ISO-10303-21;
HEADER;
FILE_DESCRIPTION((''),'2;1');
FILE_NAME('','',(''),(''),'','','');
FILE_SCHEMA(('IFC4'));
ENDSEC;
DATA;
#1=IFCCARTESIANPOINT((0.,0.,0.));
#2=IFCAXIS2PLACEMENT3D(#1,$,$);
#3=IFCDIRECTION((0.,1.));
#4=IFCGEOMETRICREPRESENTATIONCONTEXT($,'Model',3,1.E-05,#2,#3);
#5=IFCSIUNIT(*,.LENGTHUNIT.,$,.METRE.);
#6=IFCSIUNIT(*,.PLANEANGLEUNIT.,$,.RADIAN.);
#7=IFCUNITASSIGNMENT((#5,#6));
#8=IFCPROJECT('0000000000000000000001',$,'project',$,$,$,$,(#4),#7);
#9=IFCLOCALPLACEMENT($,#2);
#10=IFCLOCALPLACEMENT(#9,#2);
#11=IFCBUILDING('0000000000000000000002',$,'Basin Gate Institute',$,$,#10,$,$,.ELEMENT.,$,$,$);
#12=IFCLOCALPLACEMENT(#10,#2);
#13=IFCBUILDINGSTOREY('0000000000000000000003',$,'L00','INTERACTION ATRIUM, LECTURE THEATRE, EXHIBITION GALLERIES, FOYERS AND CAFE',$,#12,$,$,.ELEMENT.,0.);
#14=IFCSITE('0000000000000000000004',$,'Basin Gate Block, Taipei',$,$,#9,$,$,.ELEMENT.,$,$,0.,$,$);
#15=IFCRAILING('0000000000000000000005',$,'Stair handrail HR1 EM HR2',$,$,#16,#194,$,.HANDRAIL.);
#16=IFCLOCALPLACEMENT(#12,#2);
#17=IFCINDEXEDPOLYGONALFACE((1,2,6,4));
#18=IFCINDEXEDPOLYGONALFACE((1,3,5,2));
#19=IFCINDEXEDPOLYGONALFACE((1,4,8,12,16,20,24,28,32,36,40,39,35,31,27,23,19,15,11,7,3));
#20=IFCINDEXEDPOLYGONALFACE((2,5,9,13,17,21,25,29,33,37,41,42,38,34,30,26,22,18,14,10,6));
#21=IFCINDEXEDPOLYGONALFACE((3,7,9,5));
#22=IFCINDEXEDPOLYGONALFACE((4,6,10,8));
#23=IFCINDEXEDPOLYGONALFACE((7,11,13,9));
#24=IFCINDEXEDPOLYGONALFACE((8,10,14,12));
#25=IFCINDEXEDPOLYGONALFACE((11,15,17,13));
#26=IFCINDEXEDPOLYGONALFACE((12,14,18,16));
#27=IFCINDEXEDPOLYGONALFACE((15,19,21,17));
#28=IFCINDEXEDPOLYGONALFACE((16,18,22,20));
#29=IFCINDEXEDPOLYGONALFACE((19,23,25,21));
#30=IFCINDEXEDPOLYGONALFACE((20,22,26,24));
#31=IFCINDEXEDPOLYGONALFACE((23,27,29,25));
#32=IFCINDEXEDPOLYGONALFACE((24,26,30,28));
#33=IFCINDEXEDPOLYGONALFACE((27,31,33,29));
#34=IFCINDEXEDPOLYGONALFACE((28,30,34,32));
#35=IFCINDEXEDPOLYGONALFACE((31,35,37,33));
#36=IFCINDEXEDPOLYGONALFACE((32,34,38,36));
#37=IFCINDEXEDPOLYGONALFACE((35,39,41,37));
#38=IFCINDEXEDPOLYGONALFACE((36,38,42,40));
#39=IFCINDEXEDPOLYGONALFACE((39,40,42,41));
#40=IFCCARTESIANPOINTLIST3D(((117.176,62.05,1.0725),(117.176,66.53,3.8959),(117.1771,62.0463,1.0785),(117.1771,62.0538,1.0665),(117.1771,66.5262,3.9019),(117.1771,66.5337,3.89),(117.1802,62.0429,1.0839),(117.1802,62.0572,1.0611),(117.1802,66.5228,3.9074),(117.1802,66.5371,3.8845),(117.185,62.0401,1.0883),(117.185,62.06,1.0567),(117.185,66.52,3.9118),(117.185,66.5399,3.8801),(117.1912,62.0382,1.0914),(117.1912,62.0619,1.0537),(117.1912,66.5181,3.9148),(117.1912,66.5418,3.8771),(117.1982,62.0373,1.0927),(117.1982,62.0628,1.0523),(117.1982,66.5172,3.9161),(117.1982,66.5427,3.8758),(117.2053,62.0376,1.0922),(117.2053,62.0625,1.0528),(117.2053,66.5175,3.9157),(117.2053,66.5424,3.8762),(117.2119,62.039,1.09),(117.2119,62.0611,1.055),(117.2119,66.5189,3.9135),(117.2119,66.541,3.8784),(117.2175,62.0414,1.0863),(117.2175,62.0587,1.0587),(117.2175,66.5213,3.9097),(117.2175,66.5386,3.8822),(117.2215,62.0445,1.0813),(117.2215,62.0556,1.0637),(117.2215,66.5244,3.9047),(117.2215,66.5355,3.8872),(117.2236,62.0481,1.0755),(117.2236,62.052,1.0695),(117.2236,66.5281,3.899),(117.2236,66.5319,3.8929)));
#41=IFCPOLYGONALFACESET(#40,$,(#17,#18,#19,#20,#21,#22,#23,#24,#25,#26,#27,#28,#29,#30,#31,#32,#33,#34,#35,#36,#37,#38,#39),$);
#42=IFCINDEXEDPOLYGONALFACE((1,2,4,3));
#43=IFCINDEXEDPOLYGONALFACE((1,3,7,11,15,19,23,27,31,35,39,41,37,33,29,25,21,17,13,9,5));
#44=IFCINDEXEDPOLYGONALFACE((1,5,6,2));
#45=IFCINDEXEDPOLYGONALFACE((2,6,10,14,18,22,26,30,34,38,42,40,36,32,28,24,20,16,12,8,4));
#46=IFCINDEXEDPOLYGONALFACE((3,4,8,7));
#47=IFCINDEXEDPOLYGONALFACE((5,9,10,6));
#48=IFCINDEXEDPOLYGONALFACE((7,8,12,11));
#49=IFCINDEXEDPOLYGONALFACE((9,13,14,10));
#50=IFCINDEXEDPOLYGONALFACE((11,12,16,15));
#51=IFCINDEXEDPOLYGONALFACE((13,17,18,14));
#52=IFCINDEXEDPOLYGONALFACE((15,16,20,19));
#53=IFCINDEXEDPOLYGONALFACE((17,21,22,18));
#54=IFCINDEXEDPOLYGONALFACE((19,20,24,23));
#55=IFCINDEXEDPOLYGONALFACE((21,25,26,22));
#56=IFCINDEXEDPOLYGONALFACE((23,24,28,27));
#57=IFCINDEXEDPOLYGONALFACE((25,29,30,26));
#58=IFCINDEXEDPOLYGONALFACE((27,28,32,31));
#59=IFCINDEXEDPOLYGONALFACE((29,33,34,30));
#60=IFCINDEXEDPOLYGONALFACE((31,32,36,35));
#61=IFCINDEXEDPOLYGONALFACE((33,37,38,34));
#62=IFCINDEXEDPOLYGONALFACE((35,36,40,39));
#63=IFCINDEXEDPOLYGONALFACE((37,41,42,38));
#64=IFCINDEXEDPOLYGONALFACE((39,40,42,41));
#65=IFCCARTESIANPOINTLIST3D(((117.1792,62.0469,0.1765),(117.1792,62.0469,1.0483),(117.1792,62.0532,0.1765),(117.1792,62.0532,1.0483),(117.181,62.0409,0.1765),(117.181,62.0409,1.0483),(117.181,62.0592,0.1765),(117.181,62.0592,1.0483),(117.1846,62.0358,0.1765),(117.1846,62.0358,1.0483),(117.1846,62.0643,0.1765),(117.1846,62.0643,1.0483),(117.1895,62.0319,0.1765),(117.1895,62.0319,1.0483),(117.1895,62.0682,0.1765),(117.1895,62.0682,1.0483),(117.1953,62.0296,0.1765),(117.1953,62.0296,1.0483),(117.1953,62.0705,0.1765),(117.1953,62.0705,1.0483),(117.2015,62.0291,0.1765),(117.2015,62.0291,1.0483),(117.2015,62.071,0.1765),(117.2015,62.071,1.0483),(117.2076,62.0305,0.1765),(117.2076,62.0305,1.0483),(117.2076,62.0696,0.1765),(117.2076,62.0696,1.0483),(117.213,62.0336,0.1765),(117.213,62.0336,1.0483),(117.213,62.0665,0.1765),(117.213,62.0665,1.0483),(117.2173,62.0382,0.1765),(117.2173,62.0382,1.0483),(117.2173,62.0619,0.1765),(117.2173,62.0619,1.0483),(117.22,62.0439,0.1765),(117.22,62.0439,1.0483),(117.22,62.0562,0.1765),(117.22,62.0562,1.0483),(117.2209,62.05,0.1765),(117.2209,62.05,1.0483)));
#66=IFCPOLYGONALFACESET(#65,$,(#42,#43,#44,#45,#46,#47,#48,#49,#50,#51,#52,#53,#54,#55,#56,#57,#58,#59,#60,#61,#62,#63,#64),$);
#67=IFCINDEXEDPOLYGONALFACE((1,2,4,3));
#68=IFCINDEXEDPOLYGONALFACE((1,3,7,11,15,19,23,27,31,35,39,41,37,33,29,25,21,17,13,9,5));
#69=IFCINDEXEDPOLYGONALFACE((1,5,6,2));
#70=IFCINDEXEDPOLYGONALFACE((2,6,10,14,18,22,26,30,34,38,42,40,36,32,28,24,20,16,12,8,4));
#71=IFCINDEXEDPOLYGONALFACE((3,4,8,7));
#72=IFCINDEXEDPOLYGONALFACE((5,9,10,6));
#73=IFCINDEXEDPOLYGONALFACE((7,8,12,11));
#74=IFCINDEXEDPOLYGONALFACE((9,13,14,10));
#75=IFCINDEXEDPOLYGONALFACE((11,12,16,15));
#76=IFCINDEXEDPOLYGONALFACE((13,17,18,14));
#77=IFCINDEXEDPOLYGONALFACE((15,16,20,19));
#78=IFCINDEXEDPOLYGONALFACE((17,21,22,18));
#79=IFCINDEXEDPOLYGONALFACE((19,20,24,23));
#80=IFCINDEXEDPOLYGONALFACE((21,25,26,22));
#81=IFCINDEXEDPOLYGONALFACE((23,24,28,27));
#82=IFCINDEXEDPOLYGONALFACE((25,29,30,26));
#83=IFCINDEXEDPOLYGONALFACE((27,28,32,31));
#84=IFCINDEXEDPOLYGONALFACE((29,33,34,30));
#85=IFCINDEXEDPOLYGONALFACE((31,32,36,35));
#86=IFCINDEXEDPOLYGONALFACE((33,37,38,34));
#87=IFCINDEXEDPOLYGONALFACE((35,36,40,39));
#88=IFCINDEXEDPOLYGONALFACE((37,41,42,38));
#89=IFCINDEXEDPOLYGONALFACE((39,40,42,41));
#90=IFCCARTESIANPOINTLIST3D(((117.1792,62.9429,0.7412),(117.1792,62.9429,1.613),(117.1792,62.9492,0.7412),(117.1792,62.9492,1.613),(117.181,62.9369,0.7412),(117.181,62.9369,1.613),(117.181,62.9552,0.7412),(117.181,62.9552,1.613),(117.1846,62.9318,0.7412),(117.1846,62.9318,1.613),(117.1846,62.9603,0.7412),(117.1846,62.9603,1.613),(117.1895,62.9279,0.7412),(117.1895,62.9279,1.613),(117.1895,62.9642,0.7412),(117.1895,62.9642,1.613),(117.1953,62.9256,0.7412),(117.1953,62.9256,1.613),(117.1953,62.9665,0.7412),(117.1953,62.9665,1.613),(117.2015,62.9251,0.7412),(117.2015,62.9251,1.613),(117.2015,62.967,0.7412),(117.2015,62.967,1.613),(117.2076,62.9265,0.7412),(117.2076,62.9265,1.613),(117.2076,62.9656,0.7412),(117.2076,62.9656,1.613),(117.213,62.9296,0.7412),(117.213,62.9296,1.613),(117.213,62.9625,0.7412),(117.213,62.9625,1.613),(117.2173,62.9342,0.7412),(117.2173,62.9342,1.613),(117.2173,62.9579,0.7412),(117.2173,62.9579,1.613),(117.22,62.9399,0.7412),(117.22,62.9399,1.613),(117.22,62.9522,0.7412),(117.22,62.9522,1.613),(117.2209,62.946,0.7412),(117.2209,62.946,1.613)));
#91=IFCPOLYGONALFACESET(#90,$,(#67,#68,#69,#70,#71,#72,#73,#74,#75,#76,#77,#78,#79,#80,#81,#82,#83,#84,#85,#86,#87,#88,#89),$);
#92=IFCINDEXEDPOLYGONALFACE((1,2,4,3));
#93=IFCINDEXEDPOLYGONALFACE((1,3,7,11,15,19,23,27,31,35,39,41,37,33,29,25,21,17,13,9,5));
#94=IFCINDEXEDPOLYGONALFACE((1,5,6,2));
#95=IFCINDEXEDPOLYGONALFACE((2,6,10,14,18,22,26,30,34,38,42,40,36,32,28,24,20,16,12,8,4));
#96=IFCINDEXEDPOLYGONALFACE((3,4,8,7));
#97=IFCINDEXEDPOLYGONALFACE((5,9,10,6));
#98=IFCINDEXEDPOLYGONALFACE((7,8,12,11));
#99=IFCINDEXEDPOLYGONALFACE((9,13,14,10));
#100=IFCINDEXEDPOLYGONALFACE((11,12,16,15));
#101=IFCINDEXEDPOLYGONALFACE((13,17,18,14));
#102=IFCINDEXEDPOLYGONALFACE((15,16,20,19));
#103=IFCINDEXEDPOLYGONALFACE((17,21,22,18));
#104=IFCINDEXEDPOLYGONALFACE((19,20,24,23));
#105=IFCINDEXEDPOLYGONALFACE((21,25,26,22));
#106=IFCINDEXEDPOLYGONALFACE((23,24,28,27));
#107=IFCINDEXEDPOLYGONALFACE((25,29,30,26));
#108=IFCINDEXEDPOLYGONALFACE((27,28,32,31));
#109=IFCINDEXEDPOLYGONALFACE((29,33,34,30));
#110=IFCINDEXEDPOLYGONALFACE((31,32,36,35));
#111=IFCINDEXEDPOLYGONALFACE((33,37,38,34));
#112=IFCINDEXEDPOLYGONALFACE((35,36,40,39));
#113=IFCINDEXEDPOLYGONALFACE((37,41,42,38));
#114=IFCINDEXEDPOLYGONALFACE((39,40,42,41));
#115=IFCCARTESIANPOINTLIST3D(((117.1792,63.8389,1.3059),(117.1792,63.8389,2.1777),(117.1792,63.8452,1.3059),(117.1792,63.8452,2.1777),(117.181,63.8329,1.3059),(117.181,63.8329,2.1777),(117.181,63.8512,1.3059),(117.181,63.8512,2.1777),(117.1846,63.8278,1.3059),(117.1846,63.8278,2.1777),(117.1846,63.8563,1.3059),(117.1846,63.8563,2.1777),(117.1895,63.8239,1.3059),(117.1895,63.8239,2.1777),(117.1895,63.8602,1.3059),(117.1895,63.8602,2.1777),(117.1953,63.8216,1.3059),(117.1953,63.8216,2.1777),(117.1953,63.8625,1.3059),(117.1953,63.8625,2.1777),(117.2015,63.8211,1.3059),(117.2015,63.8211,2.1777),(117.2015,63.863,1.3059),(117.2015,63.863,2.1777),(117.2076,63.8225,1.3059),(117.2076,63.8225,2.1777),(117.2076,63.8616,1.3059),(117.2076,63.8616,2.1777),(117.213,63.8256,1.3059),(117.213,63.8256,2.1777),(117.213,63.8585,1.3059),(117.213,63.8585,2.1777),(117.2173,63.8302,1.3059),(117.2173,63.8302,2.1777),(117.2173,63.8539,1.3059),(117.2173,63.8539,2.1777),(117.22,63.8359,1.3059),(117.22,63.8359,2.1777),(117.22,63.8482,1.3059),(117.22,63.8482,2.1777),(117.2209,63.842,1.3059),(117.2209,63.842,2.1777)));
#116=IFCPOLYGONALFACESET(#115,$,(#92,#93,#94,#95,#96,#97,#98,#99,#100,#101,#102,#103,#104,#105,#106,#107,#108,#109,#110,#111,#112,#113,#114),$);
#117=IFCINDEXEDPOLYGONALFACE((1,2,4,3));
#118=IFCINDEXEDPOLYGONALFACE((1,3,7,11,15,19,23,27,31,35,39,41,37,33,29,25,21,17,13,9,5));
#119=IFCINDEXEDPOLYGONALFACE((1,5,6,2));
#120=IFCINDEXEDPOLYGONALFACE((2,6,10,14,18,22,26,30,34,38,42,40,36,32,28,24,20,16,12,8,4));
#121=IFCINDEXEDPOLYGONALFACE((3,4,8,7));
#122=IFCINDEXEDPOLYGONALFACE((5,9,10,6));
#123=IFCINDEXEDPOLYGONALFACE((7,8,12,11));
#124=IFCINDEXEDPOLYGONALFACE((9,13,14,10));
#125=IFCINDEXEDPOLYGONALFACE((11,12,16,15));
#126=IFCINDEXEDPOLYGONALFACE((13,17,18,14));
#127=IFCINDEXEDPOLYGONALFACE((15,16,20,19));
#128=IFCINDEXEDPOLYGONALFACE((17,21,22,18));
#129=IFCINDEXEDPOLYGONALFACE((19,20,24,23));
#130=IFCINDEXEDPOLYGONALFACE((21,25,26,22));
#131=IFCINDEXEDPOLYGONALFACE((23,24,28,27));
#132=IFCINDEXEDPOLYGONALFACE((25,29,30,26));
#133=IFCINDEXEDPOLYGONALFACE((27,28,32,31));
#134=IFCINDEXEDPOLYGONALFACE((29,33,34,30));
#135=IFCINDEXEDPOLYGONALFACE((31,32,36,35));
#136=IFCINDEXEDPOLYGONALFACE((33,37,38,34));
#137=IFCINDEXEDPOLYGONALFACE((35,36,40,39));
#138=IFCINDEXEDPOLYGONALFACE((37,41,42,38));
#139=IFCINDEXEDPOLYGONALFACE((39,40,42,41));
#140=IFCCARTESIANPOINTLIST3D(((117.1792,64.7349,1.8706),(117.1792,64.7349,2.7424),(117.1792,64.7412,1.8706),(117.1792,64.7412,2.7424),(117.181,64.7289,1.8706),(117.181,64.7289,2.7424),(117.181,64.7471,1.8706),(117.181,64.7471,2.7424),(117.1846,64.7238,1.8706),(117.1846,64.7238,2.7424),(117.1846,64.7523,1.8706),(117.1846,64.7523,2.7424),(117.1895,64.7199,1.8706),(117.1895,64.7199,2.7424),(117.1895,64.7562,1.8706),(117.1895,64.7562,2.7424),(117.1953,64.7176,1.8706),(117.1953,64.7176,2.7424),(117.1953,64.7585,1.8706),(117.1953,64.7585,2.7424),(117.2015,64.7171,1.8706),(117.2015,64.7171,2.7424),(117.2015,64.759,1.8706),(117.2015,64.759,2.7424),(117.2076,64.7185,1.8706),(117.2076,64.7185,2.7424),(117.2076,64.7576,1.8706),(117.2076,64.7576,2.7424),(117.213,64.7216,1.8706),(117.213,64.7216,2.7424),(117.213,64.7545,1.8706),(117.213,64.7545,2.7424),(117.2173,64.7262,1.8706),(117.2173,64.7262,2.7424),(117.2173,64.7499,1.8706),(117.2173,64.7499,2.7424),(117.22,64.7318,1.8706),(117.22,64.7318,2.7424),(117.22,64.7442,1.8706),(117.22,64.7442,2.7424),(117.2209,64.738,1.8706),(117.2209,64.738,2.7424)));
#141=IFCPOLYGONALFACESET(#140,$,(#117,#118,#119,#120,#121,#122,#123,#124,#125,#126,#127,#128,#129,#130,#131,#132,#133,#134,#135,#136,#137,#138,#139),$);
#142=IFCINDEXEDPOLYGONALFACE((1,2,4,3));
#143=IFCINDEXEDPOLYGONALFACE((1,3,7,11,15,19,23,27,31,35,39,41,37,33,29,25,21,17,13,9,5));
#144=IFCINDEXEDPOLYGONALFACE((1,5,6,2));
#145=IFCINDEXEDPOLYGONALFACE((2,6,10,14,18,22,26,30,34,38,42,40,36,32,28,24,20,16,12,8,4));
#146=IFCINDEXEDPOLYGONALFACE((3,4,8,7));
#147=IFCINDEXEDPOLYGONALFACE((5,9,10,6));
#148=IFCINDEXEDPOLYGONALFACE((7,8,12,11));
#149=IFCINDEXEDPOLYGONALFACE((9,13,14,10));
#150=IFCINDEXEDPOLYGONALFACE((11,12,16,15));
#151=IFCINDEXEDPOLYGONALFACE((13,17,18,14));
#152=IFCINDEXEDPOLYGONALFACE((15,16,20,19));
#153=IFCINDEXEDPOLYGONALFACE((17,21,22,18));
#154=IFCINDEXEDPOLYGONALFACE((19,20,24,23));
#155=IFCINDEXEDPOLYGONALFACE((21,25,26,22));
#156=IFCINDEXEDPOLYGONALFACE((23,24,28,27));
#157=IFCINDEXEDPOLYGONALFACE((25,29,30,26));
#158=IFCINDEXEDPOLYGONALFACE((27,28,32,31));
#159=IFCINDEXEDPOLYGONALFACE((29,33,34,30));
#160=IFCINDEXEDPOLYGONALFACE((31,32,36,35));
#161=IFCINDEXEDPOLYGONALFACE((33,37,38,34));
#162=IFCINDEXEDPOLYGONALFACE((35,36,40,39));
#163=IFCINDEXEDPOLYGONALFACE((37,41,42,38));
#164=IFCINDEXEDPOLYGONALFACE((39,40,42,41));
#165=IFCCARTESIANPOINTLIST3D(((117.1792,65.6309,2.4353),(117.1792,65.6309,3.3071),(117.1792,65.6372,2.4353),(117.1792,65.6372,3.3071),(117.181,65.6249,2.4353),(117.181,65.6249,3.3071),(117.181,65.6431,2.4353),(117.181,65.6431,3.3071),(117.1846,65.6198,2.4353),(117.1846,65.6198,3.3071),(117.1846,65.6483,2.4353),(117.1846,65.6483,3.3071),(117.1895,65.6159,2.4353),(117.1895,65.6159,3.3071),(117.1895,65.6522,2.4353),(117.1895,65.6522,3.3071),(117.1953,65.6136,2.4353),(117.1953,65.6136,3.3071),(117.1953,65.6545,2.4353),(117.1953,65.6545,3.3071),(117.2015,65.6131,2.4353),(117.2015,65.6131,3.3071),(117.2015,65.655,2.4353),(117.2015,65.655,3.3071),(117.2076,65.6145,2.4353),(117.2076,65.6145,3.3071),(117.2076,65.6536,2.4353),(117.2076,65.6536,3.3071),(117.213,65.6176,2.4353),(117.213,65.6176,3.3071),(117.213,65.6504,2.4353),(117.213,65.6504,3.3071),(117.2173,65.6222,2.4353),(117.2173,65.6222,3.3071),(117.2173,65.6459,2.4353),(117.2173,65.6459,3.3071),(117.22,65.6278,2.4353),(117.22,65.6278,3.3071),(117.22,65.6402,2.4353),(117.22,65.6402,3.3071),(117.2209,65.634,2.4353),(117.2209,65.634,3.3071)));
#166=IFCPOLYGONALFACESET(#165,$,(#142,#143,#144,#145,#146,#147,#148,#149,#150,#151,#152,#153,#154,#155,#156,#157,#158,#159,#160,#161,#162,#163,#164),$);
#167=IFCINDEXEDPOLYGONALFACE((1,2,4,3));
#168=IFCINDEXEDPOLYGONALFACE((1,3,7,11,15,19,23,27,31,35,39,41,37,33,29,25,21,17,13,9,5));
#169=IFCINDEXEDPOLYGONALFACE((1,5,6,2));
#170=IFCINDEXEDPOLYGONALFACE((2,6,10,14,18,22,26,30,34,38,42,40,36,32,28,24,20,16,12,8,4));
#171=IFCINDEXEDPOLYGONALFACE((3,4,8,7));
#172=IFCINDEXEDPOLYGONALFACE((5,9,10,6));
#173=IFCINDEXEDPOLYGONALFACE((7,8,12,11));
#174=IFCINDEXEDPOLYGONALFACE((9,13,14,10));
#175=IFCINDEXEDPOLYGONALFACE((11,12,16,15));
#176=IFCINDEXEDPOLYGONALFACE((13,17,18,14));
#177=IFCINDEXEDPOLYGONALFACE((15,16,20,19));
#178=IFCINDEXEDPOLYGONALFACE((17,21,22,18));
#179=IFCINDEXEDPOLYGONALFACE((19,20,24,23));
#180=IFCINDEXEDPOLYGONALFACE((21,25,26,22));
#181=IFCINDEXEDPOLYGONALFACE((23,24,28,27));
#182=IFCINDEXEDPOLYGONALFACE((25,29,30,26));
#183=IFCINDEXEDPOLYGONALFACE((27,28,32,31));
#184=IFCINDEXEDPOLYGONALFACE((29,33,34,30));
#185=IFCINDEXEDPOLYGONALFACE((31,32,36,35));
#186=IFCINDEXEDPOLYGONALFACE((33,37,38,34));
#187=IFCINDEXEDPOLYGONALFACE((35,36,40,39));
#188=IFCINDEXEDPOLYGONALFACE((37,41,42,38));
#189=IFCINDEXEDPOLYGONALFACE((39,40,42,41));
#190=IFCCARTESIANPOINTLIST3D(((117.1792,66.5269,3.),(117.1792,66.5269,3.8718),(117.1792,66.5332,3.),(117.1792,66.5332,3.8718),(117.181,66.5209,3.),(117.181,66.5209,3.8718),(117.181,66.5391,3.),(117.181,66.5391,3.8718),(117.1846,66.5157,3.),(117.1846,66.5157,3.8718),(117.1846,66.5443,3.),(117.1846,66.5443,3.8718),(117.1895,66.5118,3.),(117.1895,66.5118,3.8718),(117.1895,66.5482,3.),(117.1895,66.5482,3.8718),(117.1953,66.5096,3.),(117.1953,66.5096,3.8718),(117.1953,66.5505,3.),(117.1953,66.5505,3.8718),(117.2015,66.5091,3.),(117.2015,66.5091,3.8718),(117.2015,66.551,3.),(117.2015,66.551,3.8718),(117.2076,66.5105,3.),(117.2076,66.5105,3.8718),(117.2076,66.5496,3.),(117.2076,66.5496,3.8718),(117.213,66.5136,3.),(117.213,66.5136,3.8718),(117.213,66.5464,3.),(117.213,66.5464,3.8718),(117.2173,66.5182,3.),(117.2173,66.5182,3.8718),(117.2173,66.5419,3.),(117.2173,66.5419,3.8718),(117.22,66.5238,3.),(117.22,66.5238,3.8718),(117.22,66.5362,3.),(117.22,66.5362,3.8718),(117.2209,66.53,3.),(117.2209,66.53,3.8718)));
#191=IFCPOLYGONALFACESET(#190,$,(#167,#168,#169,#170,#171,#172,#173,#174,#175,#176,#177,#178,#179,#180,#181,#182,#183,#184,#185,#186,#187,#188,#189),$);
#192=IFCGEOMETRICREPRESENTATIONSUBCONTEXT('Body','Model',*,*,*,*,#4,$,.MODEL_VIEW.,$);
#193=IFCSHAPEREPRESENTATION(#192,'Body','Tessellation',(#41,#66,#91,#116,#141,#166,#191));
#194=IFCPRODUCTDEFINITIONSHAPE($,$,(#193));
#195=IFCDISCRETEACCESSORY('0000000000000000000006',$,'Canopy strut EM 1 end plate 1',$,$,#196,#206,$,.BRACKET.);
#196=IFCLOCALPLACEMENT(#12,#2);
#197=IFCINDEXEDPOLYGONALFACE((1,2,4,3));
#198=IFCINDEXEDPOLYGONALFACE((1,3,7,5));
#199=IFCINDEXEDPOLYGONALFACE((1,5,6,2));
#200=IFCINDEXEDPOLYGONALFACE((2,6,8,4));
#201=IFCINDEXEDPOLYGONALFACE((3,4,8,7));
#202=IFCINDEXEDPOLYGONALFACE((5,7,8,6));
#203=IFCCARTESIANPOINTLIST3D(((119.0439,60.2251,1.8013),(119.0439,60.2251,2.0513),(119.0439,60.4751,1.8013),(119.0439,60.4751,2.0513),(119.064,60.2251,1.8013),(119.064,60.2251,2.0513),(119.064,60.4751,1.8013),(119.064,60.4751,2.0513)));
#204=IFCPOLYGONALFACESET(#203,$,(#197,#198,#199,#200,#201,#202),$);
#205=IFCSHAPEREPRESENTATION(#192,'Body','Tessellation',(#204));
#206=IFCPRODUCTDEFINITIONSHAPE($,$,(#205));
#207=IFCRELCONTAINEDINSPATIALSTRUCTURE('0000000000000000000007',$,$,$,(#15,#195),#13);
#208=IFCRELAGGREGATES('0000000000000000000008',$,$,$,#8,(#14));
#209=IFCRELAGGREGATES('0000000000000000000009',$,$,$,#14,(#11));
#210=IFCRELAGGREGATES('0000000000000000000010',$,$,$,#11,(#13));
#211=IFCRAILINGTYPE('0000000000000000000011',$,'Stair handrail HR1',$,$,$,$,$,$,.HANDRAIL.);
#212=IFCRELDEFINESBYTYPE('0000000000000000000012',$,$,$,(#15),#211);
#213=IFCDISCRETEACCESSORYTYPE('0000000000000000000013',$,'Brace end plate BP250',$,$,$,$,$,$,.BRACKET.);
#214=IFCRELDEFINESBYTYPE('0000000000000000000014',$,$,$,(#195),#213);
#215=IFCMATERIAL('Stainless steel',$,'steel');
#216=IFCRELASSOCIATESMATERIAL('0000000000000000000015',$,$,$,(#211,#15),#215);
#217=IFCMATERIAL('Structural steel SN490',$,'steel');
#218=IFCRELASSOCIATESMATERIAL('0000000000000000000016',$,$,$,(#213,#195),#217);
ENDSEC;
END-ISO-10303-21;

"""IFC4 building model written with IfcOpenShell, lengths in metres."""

from ifc_helpers import new_model, si_unit, direction, frame, origin, origin_2d, place, context, subcontext, project, spatial, rectangle, circle, extrude, material, type_object, element, save


model = new_model("IFC4")

# Units and contexts
model_context = context("Model", 3, precision=1e-05, world=origin(), true_north=direction((0.0, 1.0)))
body_context = subcontext(model_context, "Body", "Model", "MODEL_VIEW")
ifc_project = project(units=[si_unit("LENGTHUNIT", "METRE"), si_unit("PLANEANGLEUNIT", "RADIAN")], contexts=[model_context])

# Site, building, storey
site_placement = place(None, origin())
site = spatial("IfcSite", under=ifc_project, at=site_placement, Name="Basin Gate Block, Taipei", CompositionType="ELEMENT", RefElevation=0.0)
building_placement = place(site_placement, origin())
building = spatial("IfcBuilding", under=site, at=building_placement, Name="Basin Gate Institute", CompositionType="ELEMENT")
storey_placement = place(building_placement, origin())
storey = spatial("IfcBuildingStorey", under=building, at=storey_placement, Name="L00", Description="INTERACTION ATRIUM, LECTURE THEATRE, EXHIBITION GALLERIES, FOYERS AND CAFE", CompositionType="ELEMENT", Elevation=0.0)

# Railing
ifc_material_1 = material(Name="Stainless steel", Category="steel")
railing_type = type_object("IfcRailingType", Name="Stair handrail HR1", PredefinedType="HANDRAIL", material=ifc_material_1)
for number, where, name in (
    (1, (117.2, 62.05, 0.1765), "Stair handrail HR1 EM HR2"),
):
    element("IfcRailing", number, at=place(storey_placement, frame(where)), inside=storey, type_object=railing_type, material=ifc_material_1, Name=name, PredefinedType="HANDRAIL", context=body_context, shape_type="SweptSolid", body=[
        extrude(circle(Radius=0.0239, at=origin_2d()), frame((0.0, 0.0, 0.896), z_axis=(0.0, 0.845998, 0.533186), x_axis=(-1.0, 0.0, 0.0)), (0.0, 0.0, 1.0), 5.2954),
        extrude(circle(Radius=0.021, at=origin_2d()), origin(), (0.0, 0.0, 1.0), 0.8718),
        extrude(circle(Radius=0.021, at=origin_2d()), frame((0.0, 0.896, 0.5647)), (0.0, 0.0, 1.0), 0.8718),
        extrude(circle(Radius=0.021, at=origin_2d()), frame((0.0, 1.792, 1.1294)), (0.0, 0.0, 1.0), 0.8718),
        extrude(circle(Radius=0.021, at=origin_2d()), frame((0.0, 2.688, 1.6941)), (0.0, 0.0, 1.0), 0.8718),
        extrude(circle(Radius=0.021, at=origin_2d()), frame((0.0, 3.584, 2.2588)), (0.0, 0.0, 1.0), 0.8718),
        extrude(circle(Radius=0.021, at=origin_2d()), frame((0.0, 4.48, 2.8235)), (0.0, 0.0, 1.0), 0.8718),
    ])

# Discrete accessory
ifc_material_2 = material(Name="Structural steel SN490", Category="steel")
discrete_accessory_type = type_object("IfcDiscreteAccessoryType", Name="Brace end plate BP250", PredefinedType="BRACKET", material=ifc_material_2)
for number, where, z_axis, x_axis, name in (
    (2, (119.054, 60.3501, 1.8013), (0.0, 0.0, 1.0), (1.0, 0.0, 0.0), "Canopy strut EM 1 end plate 1"),
):
    element("IfcDiscreteAccessory", number, at=place(storey_placement, frame(where, z_axis=z_axis, x_axis=x_axis)), inside=storey, type_object=discrete_accessory_type, material=ifc_material_2, Name=name, PredefinedType="BRACKET", context=body_context, shape_type="SweptSolid", body=[
        extrude(rectangle(XDim=0.02, YDim=0.25, at=origin_2d()), origin(), (0.0, 0.0, 1.0), 0.25),
    ])

save(model, "model.ifc")
